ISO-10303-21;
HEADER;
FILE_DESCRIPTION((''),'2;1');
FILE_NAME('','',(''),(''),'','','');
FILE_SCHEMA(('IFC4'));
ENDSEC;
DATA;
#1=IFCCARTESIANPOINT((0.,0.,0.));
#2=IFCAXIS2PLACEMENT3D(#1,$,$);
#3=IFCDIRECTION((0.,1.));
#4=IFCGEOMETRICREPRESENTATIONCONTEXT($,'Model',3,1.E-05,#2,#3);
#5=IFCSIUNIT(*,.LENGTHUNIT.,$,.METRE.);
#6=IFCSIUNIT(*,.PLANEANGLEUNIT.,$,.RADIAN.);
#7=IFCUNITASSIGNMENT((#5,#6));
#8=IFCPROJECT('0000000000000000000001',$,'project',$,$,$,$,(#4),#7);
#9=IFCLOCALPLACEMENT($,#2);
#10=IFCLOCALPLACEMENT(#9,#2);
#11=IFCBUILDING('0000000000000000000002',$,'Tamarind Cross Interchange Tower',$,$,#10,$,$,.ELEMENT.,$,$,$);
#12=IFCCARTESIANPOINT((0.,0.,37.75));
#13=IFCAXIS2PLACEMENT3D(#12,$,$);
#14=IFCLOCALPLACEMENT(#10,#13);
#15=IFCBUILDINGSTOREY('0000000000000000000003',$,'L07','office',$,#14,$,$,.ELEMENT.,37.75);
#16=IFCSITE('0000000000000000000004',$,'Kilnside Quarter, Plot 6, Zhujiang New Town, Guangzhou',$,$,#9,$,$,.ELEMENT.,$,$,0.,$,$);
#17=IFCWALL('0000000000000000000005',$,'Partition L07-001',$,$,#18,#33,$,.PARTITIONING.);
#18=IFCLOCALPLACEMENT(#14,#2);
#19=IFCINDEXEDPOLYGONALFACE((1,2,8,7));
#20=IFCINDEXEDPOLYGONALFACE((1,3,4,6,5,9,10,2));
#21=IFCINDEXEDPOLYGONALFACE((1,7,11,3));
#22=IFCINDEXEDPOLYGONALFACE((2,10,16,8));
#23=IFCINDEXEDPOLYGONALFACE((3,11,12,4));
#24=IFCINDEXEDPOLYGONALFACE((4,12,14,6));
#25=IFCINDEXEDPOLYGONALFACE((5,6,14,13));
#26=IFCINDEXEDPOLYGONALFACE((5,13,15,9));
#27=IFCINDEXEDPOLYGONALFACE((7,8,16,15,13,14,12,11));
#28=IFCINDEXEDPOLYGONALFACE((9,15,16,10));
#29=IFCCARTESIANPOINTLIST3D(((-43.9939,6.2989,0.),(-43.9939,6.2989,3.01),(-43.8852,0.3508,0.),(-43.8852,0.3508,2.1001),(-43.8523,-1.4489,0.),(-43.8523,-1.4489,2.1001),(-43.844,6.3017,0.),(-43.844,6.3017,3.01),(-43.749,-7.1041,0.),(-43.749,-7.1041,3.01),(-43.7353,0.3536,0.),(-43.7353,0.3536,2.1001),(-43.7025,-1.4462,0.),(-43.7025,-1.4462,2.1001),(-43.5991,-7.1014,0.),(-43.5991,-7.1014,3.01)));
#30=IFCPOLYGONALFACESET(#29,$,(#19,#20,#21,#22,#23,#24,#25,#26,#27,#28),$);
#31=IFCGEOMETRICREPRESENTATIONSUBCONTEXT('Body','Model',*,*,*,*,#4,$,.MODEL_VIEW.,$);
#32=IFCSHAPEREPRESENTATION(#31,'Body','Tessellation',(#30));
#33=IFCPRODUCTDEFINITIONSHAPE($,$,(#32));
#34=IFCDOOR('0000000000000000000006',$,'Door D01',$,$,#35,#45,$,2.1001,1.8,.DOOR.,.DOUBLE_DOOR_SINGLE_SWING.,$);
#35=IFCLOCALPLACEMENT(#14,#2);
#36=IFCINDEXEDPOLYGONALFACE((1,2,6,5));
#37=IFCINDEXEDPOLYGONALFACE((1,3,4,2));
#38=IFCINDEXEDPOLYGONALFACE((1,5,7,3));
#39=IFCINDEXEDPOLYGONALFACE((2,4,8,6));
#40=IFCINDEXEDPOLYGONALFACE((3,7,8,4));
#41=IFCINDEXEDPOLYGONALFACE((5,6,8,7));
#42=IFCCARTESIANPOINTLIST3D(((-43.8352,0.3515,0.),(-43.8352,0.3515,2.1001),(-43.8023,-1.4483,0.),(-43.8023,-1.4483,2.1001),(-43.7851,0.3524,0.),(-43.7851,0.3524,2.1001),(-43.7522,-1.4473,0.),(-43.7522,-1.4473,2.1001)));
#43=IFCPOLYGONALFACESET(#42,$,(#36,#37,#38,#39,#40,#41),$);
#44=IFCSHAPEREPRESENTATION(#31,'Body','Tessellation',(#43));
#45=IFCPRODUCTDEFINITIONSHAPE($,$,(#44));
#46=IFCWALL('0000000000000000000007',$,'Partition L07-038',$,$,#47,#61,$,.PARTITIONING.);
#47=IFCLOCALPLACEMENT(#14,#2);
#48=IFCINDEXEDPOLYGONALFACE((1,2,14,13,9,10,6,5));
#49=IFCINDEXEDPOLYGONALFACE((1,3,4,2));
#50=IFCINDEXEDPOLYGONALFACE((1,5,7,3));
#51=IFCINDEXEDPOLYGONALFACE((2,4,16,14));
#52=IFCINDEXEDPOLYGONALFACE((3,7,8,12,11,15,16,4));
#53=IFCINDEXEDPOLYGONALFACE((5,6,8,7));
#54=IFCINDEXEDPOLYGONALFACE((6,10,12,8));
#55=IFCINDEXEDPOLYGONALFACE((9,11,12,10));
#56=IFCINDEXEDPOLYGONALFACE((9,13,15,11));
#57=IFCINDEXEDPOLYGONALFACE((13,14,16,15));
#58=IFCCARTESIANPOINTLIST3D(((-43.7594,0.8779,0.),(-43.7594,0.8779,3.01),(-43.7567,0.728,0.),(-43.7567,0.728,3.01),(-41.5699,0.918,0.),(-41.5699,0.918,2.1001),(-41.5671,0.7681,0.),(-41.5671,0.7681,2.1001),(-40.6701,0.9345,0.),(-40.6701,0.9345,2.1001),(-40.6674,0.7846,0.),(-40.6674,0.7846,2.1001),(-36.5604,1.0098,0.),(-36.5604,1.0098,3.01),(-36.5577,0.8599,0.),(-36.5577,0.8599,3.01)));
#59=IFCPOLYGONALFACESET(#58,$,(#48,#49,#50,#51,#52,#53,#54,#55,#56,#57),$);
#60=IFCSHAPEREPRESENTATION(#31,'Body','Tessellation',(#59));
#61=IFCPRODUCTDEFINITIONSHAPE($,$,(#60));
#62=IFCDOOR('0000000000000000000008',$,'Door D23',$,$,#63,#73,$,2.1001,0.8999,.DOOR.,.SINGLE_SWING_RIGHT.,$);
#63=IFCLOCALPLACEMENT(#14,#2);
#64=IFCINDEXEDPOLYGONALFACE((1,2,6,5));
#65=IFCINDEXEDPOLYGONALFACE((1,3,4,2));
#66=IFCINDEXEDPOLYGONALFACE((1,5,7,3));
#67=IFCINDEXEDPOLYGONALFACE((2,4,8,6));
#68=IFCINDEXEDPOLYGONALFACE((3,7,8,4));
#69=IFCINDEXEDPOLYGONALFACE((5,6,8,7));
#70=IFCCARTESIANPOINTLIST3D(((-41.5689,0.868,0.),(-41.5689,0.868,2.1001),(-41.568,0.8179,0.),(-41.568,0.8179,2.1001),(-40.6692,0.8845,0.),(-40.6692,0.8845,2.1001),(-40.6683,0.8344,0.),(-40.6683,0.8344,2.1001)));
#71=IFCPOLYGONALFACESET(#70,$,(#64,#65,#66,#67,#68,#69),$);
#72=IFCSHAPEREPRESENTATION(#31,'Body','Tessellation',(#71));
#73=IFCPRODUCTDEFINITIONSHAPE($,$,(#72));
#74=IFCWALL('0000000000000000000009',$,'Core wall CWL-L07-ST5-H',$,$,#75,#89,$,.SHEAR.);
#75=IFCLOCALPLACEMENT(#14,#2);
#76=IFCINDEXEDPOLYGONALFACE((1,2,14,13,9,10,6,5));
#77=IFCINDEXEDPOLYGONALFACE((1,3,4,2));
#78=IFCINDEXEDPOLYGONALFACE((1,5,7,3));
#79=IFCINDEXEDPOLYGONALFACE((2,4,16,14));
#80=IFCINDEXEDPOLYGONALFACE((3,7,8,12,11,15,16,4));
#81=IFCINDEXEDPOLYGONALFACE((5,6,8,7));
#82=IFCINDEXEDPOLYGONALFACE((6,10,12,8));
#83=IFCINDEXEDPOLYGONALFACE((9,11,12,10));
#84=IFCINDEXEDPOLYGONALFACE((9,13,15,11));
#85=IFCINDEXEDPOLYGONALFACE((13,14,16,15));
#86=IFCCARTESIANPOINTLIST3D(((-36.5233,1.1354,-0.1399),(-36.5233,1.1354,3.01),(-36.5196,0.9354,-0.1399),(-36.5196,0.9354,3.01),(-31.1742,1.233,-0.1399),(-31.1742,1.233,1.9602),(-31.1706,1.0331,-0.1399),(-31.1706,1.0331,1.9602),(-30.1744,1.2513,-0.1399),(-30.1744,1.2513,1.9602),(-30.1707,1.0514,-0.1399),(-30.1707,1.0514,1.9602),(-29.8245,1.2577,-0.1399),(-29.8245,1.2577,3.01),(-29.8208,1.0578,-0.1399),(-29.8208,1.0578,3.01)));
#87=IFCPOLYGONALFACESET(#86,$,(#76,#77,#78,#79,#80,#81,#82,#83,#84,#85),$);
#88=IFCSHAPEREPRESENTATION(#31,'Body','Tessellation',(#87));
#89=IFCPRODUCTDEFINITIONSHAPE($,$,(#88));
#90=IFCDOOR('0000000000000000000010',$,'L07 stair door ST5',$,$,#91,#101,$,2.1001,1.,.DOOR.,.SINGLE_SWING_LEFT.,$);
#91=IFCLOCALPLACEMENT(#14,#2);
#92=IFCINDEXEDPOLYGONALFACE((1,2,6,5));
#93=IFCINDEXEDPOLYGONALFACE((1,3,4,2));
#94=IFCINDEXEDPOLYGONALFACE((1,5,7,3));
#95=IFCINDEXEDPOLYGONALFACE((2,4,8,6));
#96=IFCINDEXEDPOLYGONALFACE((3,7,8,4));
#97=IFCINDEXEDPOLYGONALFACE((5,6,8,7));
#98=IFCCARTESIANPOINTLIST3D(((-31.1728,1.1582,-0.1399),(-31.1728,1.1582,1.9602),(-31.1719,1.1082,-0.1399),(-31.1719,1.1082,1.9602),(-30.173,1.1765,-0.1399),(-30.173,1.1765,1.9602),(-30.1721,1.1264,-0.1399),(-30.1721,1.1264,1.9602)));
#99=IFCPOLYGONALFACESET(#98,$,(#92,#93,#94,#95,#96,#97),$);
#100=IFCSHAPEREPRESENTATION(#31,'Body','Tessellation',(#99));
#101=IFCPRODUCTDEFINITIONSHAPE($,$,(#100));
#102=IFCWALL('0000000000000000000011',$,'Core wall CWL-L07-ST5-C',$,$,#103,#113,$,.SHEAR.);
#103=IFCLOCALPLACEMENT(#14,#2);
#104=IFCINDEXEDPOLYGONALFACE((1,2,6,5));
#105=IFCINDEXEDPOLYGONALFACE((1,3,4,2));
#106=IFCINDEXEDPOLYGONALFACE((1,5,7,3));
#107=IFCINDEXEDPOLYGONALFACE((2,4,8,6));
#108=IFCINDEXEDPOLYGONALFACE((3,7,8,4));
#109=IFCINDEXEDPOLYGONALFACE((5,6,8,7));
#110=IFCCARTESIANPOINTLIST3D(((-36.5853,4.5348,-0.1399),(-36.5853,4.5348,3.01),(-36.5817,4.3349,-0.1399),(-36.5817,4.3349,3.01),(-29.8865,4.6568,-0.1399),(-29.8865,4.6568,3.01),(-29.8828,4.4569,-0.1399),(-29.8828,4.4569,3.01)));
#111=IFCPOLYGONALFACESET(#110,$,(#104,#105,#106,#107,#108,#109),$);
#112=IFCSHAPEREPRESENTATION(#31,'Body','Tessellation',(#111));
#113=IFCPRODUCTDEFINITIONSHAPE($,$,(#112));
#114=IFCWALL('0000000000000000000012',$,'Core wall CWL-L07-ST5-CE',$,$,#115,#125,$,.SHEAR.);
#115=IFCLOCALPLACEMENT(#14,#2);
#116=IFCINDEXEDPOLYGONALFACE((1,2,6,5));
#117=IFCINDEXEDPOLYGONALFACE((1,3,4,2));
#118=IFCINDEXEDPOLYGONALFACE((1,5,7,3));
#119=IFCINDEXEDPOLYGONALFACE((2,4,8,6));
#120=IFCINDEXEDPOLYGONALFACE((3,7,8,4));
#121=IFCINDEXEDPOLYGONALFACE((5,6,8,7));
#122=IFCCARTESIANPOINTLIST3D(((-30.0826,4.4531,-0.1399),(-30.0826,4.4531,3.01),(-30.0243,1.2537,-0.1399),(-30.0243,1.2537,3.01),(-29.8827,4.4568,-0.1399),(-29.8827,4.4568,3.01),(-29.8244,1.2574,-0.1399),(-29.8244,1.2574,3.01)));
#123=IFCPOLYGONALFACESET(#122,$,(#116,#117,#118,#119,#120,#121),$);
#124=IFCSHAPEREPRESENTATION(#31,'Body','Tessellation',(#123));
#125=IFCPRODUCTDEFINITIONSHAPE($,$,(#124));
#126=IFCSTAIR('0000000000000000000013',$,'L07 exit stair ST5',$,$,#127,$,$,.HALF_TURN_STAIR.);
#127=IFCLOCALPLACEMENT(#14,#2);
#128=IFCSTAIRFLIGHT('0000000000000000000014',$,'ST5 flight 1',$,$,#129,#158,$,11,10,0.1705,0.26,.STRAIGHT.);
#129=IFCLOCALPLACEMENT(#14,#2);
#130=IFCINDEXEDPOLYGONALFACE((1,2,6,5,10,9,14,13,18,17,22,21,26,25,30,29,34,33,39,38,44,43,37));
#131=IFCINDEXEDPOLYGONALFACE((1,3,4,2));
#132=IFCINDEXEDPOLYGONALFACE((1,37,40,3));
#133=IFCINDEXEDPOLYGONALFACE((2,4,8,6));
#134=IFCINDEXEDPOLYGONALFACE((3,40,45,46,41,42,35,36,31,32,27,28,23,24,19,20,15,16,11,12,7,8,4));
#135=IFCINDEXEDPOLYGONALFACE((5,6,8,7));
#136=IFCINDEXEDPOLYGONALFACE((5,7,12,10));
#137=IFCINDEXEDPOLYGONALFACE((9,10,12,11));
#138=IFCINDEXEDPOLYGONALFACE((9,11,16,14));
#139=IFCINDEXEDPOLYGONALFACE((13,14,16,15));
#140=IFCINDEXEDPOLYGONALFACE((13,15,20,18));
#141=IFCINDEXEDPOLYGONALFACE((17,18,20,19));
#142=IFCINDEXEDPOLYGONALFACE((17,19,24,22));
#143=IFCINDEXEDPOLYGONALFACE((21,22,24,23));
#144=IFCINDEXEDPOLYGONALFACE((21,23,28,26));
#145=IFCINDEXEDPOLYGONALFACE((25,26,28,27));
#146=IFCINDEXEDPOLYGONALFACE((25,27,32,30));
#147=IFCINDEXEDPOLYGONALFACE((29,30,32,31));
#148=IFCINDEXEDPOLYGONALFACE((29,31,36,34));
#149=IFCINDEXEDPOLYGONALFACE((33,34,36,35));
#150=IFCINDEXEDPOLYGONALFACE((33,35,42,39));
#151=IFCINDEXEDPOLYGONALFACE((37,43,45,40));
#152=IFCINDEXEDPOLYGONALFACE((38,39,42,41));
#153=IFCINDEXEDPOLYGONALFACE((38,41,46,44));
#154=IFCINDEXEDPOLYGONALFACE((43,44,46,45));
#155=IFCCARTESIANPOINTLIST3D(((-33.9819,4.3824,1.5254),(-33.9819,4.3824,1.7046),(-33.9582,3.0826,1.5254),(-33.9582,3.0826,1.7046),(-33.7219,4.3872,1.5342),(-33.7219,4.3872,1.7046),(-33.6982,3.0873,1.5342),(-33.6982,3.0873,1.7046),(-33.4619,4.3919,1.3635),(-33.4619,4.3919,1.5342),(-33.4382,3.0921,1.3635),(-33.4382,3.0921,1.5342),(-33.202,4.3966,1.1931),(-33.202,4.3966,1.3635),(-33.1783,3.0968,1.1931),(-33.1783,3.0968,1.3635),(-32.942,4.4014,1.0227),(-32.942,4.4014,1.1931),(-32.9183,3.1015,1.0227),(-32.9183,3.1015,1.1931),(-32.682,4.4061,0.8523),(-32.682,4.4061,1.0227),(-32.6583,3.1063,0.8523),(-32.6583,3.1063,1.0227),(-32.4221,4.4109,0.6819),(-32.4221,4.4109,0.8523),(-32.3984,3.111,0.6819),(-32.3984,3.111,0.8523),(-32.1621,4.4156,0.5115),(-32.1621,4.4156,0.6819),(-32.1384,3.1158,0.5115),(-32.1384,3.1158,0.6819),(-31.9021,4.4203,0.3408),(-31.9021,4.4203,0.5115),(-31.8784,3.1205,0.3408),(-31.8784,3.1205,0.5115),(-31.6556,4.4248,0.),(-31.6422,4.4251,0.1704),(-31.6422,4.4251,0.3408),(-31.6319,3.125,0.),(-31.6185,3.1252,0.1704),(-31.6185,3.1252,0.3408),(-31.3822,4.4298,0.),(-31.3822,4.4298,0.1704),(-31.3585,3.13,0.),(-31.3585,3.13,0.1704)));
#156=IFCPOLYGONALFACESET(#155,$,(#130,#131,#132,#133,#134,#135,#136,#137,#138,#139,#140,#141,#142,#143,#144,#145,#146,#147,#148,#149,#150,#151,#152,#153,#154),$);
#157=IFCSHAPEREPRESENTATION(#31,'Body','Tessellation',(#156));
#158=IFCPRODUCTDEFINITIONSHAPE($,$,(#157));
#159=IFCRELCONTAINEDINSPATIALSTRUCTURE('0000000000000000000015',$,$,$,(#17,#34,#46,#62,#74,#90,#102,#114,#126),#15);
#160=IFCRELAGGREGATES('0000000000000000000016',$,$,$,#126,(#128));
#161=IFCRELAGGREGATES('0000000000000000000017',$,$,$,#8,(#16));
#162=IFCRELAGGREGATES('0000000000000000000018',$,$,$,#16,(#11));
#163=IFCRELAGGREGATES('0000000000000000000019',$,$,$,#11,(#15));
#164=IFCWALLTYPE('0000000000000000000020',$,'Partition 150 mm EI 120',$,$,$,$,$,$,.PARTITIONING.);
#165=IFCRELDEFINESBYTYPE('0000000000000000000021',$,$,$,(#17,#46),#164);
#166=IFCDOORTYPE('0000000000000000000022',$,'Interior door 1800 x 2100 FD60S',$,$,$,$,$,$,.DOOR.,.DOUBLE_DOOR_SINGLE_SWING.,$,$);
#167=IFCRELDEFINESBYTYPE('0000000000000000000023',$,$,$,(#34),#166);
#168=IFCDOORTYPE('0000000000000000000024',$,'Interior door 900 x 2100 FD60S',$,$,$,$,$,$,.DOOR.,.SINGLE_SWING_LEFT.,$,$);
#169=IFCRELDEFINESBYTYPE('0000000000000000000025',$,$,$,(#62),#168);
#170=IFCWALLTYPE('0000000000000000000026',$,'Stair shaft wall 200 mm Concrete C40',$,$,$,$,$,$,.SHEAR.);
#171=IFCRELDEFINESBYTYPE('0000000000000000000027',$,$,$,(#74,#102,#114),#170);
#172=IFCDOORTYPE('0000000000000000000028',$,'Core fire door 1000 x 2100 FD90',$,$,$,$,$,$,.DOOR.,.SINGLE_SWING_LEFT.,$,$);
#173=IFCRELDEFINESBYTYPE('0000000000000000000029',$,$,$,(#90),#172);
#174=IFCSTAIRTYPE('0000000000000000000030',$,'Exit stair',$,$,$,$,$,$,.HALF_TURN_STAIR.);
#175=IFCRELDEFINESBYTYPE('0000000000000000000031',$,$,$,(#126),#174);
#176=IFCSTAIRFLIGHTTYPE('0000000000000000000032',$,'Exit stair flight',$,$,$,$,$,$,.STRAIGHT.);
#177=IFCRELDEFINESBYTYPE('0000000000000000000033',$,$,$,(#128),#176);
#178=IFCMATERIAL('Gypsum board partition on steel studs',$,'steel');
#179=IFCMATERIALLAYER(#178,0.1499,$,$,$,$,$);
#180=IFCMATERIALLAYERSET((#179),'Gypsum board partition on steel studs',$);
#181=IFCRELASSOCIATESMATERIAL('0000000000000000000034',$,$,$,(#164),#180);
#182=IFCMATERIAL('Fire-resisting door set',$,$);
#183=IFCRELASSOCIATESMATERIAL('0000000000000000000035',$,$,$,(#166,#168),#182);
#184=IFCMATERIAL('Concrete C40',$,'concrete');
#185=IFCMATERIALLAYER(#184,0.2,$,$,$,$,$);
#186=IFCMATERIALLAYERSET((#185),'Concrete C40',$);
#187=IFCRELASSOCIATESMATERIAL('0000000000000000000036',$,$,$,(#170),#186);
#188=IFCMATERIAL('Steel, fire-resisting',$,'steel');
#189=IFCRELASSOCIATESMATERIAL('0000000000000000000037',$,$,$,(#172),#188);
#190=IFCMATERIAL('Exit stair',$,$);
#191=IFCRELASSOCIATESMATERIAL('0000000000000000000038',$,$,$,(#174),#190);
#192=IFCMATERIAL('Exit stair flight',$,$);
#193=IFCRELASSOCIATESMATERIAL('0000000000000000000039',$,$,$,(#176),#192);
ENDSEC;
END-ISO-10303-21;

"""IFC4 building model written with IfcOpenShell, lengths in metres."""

from ifc_helpers import new_model, si_unit, direction, frame, frame_2d, origin, place, context, subcontext, project, spatial, polyline, rectangle, outline, extrude, material, layer, layer_set, type_object, element, fill, aggregate, save


model = new_model("IFC4")

# Units and contexts
model_context = context("Model", 3, precision=1e-05, world=origin(), true_north=direction((0.0, 1.0)))
body_context = subcontext(model_context, "Body", "Model", "MODEL_VIEW")
ifc_project = project(units=[si_unit("LENGTHUNIT", "METRE"), si_unit("PLANEANGLEUNIT", "RADIAN")], contexts=[model_context])

# Site, building, storey
site_placement = place(None, origin())
site = spatial("IfcSite", under=ifc_project, at=site_placement, Name="Kilnside Quarter, Plot 6, Zhujiang New Town, Guangzhou", CompositionType="ELEMENT", RefElevation=0.0)
building_placement = place(site_placement, origin())
building = spatial("IfcBuilding", under=site, at=building_placement, Name="Tamarind Cross Interchange Tower", CompositionType="ELEMENT")
storey_placement = place(building_placement, frame((0.0, 0.0, 37.75)))
storey = spatial("IfcBuildingStorey", under=building, at=storey_placement, Name="L07", Description="office", CompositionType="ELEMENT", Elevation=37.75)

# Walls, openings, doors
ifc_material_1 = material(Name="Gypsum board partition on steel studs", Category="steel")
ifc_layer_1 = layer(ifc_material_1, 0.1499)
ifc_layer_set_1 = layer_set([ifc_layer_1], Name="Gypsum board partition on steel studs")
wall_type_1 = type_object("IfcWallType", Name="Partition 150 mm EI 120", PredefinedType="PARTITIONING", material=ifc_layer_set_1)
wall_1_placement = place(storey_placement, frame((-43.9189, 6.3003, 0.0), z_axis=(0.0, 0.0, 1.0), x_axis=(0.018267, -0.999833, 0.0)))
wall_1 = element("IfcWall", 1, at=wall_1_placement, inside=storey, type_object=wall_type_1, Name="Partition L07-001", PredefinedType="PARTITIONING", context=body_context, shape_type="SweptSolid", body=[
    extrude(rectangle(XDim=13.4053, YDim=0.1499, at=frame_2d((6.7026, 0.0))), origin(), (0.0, 0.0, 1.0), 3.01),
])
opening_1_placement = place(wall_1_placement, frame((5.9492, 0.0, 0.0)))
opening_1 = element("IfcOpeningElement", 2, at=opening_1_placement, cuts=wall_1, PredefinedType="OPENING", context=body_context, shape_type="SweptSolid", body=[
    extrude(rectangle(XDim=1.8, YDim=2.1001, at=frame_2d((0.8999, 1.05))), frame((0.0, 0.085, 0.0), z_axis=(0.0, -1.0, 0.0), x_axis=(1.0, 0.0, 0.0)), (0.0, 0.0, 1.0), 0.1699),
])
ifc_material_2 = material(Name="Fire-resisting door set")
door_type_1 = type_object("IfcDoorType", Name="Interior door 1800 x 2100 FD60S", OperationType="DOUBLE_DOOR_SINGLE_SWING", PredefinedType="DOOR", material=ifc_material_2)
door_1_placement = place(opening_1_placement, frame((1.8, 0.0, 0.0), z_axis=(0.0, 0.0, 1.0), x_axis=(-1.0, 0.0, 0.0)))
door_1 = element("IfcDoor", 3, at=door_1_placement, inside=storey, type_object=door_type_1, Name="Door D01", OperationType="DOUBLE_DOOR_SINGLE_SWING", OverallHeight=2.1001, OverallWidth=1.8, PredefinedType="DOOR", context=body_context, shape_type="SweptSolid", body=[
    extrude(rectangle(XDim=1.8, YDim=2.1001, at=frame_2d((0.8999, 1.05))), frame((0.0, 0.0249, 0.0), z_axis=(0.0, -1.0, 0.0), x_axis=(1.0, 0.0, 0.0)), (0.0, 0.0, 1.0), 0.05),
])
fill(opening_1, door_1)
wall_2_placement = place(storey_placement, frame((-43.7581, 0.803, 0.0), z_axis=(0.0, 0.0, 1.0), x_axis=(0.999832, 0.01831, 0.0)))
wall_2 = element("IfcWall", 4, at=wall_2_placement, inside=storey, type_object=wall_type_1, Name="Partition L07-038", PredefinedType="PARTITIONING", context=body_context, shape_type="SweptSolid", body=[
    extrude(rectangle(XDim=7.2002, YDim=0.1499, at=frame_2d((3.6001, 0.0))), origin(), (0.0, 0.0, 1.0), 3.01),
])
opening_2_placement = place(wall_2_placement, frame((2.1899, 0.0, 0.0)))
opening_2 = element("IfcOpeningElement", 5, at=opening_2_placement, cuts=wall_2, PredefinedType="OPENING", context=body_context, shape_type="SweptSolid", body=[
    extrude(rectangle(XDim=0.8999, YDim=2.1001, at=frame_2d((0.45, 1.05))), frame((0.0, 0.085, 0.0), z_axis=(0.0, -1.0, 0.0), x_axis=(1.0, 0.0, 0.0)), (0.0, 0.0, 1.0), 0.1699),
])
door_type_2 = type_object("IfcDoorType", Name="Interior door 900 x 2100 FD60S", OperationType="SINGLE_SWING_LEFT", PredefinedType="DOOR", material=ifc_material_2)
door_2_placement = place(opening_2_placement, origin())
door_2 = element("IfcDoor", 6, at=door_2_placement, inside=storey, type_object=door_type_2, Name="Door D23", OperationType="SINGLE_SWING_RIGHT", OverallHeight=2.1001, OverallWidth=0.8999, PredefinedType="DOOR", context=body_context, shape_type="SweptSolid", body=[
    extrude(rectangle(XDim=0.8999, YDim=2.1001, at=frame_2d((0.45, 1.05))), frame((0.0, 0.0249, 0.0), z_axis=(0.0, -1.0, 0.0), x_axis=(1.0, 0.0, 0.0)), (0.0, 0.0, 1.0), 0.05),
])
fill(opening_2, door_2)
ifc_material_3 = material(Name="Concrete C40", Category="concrete")
ifc_layer_2 = layer(ifc_material_3, 0.2)
ifc_layer_set_2 = layer_set([ifc_layer_2], Name="Concrete C40")
wall_type_2 = type_object("IfcWallType", Name="Stair shaft wall 200 mm Concrete C40", PredefinedType="SHEAR", material=ifc_layer_set_2)
wall_3_placement = place(storey_placement, frame((-29.8225, 1.1577, -0.1399), z_axis=(0.0, 0.0, 1.0), x_axis=(-0.999833, -0.018256, 0.0)))
wall_3 = element("IfcWall", 7, at=wall_3_placement, inside=storey, type_object=wall_type_2, Name="Core wall CWL-L07-ST5-H", PredefinedType="SHEAR", context=body_context, shape_type="SweptSolid", body=[
    extrude(rectangle(XDim=6.7, YDim=0.2, at=frame_2d((3.3501, 0.0))), origin(), (0.0, 0.0, 1.0), 3.1499),
])
opening_3_placement = place(wall_3_placement, frame((0.3501, 0.0, 0.0)))
opening_3 = element("IfcOpeningElement", 8, at=opening_3_placement, cuts=wall_3, PredefinedType="OPENING", context=body_context, shape_type="SweptSolid", body=[
    extrude(rectangle(XDim=1.0, YDim=2.1001, at=frame_2d((0.5, 1.05))), frame((0.0, 0.1099, 0.0), z_axis=(0.0, -1.0, 0.0), x_axis=(1.0, 0.0, 0.0)), (0.0, 0.0, 1.0), 0.22),
])
ifc_material_4 = material(Name="Steel, fire-resisting", Category="steel")
door_type_3 = type_object("IfcDoorType", Name="Core fire door 1000 x 2100 FD90", OperationType="SINGLE_SWING_LEFT", PredefinedType="DOOR", material=ifc_material_4)
door_3_placement = place(opening_3_placement, origin())
door_3 = element("IfcDoor", 9, at=door_3_placement, inside=storey, type_object=door_type_3, Name="L07 stair door ST5", OperationType="SINGLE_SWING_LEFT", OverallHeight=2.1001, OverallWidth=1.0, PredefinedType="DOOR", context=body_context, shape_type="SweptSolid", body=[
    extrude(rectangle(XDim=1.0, YDim=2.1001, at=frame_2d((0.5, 1.05))), frame((0.0, 0.0249, 0.0), z_axis=(0.0, -1.0, 0.0), x_axis=(1.0, 0.0, 0.0)), (0.0, 0.0, 1.0), 0.05),
])
fill(opening_3, door_3)

# Walls
wall_4_placement = place(storey_placement, frame((-29.8845, 4.5569, -0.1399), z_axis=(0.0, 0.0, 1.0), x_axis=(-0.999834, -0.01822, 0.0)))
element("IfcWall", 10, at=wall_4_placement, inside=storey, type_object=wall_type_2, Name="Core wall CWL-L07-ST5-C", PredefinedType="SHEAR", context=body_context, shape_type="SweptSolid", body=[
    extrude(rectangle(XDim=6.7, YDim=0.2, at=frame_2d((3.3501, 0.0))), origin(), (0.0, 0.0, 1.0), 3.1499),
])
wall_5_placement = place(storey_placement, frame((-29.9827, 4.4551, -0.1399), z_axis=(0.0, 0.0, 1.0), x_axis=(0.018234, -0.999834, 0.0)))
element("IfcWall", 11, at=wall_5_placement, inside=storey, type_object=wall_type_2, Name="Core wall CWL-L07-ST5-CE", PredefinedType="SHEAR", context=body_context, shape_type="SweptSolid", body=[
    extrude(rectangle(XDim=3.2, YDim=0.2, at=frame_2d((1.6001, 0.0))), origin(), (0.0, 0.0, 1.0), 3.1499),
])

# Stair, stair flight
ifc_material_5 = material(Name="Exit stair")
stair_type = type_object("IfcStairType", Name="Exit stair", PredefinedType="HALF_TURN_STAIR", material=ifc_material_5)
stair_placement = place(storey_placement, origin())
stair = element("IfcStair", 12, at=stair_placement, inside=storey, type_object=stair_type, Name="L07 exit stair ST5", PredefinedType="HALF_TURN_STAIR")
ifc_material_6 = material(Name="Exit stair flight")
stair_flight_type = type_object("IfcStairFlightType", Name="Exit stair flight", PredefinedType="STRAIGHT", material=ifc_material_6)
stair_flight_1_placement = place(storey_placement, frame((-31.3704, 3.7798, 0.0), z_axis=(0.0, 0.0, 1.0), x_axis=(-0.999834, -0.018234, 0.0)))
stair_flight_1 = element("IfcStairFlight", 13, at=stair_flight_1_placement, type_object=stair_flight_type, Name="ST5 flight 1", NumberOfRisers=11, NumberOfTreads=10, PredefinedType="STRAIGHT", RiserHeight=0.1705, TreadLength=0.26, context=body_context, shape_type="SweptSolid", body=[
    extrude(outline(polyline([(0.0, 0.0), (0.0, 0.1704), (0.26, 0.1704), (0.26, 0.3408), (0.52, 0.3408), (0.52, 0.5115), (0.78, 0.5115), (0.78, 0.6819), (1.04, 0.6819), (1.04, 0.8523), (1.3, 0.8523), (1.3, 1.0227), (1.5601, 1.0227), (1.5601, 1.1931), (1.8201, 1.1931), (1.8201, 1.3635), (2.0801, 1.3635), (2.0801, 1.5342), (2.3401, 1.5342), (2.3401, 1.7046), (2.6001, 1.7046), (2.6001, 1.875), (2.6001, 1.5254), (0.2734, 0.0), (0.0, 0.0)])), frame((0.0, 0.6499, 0.0), z_axis=(0.0, -1.0, 0.0), x_axis=(1.0, 0.0, 0.0)), (0.0, 0.0, 1.0), 1.3),
])
aggregate(stair, [stair_flight_1])

save(model, "model.ifc")
